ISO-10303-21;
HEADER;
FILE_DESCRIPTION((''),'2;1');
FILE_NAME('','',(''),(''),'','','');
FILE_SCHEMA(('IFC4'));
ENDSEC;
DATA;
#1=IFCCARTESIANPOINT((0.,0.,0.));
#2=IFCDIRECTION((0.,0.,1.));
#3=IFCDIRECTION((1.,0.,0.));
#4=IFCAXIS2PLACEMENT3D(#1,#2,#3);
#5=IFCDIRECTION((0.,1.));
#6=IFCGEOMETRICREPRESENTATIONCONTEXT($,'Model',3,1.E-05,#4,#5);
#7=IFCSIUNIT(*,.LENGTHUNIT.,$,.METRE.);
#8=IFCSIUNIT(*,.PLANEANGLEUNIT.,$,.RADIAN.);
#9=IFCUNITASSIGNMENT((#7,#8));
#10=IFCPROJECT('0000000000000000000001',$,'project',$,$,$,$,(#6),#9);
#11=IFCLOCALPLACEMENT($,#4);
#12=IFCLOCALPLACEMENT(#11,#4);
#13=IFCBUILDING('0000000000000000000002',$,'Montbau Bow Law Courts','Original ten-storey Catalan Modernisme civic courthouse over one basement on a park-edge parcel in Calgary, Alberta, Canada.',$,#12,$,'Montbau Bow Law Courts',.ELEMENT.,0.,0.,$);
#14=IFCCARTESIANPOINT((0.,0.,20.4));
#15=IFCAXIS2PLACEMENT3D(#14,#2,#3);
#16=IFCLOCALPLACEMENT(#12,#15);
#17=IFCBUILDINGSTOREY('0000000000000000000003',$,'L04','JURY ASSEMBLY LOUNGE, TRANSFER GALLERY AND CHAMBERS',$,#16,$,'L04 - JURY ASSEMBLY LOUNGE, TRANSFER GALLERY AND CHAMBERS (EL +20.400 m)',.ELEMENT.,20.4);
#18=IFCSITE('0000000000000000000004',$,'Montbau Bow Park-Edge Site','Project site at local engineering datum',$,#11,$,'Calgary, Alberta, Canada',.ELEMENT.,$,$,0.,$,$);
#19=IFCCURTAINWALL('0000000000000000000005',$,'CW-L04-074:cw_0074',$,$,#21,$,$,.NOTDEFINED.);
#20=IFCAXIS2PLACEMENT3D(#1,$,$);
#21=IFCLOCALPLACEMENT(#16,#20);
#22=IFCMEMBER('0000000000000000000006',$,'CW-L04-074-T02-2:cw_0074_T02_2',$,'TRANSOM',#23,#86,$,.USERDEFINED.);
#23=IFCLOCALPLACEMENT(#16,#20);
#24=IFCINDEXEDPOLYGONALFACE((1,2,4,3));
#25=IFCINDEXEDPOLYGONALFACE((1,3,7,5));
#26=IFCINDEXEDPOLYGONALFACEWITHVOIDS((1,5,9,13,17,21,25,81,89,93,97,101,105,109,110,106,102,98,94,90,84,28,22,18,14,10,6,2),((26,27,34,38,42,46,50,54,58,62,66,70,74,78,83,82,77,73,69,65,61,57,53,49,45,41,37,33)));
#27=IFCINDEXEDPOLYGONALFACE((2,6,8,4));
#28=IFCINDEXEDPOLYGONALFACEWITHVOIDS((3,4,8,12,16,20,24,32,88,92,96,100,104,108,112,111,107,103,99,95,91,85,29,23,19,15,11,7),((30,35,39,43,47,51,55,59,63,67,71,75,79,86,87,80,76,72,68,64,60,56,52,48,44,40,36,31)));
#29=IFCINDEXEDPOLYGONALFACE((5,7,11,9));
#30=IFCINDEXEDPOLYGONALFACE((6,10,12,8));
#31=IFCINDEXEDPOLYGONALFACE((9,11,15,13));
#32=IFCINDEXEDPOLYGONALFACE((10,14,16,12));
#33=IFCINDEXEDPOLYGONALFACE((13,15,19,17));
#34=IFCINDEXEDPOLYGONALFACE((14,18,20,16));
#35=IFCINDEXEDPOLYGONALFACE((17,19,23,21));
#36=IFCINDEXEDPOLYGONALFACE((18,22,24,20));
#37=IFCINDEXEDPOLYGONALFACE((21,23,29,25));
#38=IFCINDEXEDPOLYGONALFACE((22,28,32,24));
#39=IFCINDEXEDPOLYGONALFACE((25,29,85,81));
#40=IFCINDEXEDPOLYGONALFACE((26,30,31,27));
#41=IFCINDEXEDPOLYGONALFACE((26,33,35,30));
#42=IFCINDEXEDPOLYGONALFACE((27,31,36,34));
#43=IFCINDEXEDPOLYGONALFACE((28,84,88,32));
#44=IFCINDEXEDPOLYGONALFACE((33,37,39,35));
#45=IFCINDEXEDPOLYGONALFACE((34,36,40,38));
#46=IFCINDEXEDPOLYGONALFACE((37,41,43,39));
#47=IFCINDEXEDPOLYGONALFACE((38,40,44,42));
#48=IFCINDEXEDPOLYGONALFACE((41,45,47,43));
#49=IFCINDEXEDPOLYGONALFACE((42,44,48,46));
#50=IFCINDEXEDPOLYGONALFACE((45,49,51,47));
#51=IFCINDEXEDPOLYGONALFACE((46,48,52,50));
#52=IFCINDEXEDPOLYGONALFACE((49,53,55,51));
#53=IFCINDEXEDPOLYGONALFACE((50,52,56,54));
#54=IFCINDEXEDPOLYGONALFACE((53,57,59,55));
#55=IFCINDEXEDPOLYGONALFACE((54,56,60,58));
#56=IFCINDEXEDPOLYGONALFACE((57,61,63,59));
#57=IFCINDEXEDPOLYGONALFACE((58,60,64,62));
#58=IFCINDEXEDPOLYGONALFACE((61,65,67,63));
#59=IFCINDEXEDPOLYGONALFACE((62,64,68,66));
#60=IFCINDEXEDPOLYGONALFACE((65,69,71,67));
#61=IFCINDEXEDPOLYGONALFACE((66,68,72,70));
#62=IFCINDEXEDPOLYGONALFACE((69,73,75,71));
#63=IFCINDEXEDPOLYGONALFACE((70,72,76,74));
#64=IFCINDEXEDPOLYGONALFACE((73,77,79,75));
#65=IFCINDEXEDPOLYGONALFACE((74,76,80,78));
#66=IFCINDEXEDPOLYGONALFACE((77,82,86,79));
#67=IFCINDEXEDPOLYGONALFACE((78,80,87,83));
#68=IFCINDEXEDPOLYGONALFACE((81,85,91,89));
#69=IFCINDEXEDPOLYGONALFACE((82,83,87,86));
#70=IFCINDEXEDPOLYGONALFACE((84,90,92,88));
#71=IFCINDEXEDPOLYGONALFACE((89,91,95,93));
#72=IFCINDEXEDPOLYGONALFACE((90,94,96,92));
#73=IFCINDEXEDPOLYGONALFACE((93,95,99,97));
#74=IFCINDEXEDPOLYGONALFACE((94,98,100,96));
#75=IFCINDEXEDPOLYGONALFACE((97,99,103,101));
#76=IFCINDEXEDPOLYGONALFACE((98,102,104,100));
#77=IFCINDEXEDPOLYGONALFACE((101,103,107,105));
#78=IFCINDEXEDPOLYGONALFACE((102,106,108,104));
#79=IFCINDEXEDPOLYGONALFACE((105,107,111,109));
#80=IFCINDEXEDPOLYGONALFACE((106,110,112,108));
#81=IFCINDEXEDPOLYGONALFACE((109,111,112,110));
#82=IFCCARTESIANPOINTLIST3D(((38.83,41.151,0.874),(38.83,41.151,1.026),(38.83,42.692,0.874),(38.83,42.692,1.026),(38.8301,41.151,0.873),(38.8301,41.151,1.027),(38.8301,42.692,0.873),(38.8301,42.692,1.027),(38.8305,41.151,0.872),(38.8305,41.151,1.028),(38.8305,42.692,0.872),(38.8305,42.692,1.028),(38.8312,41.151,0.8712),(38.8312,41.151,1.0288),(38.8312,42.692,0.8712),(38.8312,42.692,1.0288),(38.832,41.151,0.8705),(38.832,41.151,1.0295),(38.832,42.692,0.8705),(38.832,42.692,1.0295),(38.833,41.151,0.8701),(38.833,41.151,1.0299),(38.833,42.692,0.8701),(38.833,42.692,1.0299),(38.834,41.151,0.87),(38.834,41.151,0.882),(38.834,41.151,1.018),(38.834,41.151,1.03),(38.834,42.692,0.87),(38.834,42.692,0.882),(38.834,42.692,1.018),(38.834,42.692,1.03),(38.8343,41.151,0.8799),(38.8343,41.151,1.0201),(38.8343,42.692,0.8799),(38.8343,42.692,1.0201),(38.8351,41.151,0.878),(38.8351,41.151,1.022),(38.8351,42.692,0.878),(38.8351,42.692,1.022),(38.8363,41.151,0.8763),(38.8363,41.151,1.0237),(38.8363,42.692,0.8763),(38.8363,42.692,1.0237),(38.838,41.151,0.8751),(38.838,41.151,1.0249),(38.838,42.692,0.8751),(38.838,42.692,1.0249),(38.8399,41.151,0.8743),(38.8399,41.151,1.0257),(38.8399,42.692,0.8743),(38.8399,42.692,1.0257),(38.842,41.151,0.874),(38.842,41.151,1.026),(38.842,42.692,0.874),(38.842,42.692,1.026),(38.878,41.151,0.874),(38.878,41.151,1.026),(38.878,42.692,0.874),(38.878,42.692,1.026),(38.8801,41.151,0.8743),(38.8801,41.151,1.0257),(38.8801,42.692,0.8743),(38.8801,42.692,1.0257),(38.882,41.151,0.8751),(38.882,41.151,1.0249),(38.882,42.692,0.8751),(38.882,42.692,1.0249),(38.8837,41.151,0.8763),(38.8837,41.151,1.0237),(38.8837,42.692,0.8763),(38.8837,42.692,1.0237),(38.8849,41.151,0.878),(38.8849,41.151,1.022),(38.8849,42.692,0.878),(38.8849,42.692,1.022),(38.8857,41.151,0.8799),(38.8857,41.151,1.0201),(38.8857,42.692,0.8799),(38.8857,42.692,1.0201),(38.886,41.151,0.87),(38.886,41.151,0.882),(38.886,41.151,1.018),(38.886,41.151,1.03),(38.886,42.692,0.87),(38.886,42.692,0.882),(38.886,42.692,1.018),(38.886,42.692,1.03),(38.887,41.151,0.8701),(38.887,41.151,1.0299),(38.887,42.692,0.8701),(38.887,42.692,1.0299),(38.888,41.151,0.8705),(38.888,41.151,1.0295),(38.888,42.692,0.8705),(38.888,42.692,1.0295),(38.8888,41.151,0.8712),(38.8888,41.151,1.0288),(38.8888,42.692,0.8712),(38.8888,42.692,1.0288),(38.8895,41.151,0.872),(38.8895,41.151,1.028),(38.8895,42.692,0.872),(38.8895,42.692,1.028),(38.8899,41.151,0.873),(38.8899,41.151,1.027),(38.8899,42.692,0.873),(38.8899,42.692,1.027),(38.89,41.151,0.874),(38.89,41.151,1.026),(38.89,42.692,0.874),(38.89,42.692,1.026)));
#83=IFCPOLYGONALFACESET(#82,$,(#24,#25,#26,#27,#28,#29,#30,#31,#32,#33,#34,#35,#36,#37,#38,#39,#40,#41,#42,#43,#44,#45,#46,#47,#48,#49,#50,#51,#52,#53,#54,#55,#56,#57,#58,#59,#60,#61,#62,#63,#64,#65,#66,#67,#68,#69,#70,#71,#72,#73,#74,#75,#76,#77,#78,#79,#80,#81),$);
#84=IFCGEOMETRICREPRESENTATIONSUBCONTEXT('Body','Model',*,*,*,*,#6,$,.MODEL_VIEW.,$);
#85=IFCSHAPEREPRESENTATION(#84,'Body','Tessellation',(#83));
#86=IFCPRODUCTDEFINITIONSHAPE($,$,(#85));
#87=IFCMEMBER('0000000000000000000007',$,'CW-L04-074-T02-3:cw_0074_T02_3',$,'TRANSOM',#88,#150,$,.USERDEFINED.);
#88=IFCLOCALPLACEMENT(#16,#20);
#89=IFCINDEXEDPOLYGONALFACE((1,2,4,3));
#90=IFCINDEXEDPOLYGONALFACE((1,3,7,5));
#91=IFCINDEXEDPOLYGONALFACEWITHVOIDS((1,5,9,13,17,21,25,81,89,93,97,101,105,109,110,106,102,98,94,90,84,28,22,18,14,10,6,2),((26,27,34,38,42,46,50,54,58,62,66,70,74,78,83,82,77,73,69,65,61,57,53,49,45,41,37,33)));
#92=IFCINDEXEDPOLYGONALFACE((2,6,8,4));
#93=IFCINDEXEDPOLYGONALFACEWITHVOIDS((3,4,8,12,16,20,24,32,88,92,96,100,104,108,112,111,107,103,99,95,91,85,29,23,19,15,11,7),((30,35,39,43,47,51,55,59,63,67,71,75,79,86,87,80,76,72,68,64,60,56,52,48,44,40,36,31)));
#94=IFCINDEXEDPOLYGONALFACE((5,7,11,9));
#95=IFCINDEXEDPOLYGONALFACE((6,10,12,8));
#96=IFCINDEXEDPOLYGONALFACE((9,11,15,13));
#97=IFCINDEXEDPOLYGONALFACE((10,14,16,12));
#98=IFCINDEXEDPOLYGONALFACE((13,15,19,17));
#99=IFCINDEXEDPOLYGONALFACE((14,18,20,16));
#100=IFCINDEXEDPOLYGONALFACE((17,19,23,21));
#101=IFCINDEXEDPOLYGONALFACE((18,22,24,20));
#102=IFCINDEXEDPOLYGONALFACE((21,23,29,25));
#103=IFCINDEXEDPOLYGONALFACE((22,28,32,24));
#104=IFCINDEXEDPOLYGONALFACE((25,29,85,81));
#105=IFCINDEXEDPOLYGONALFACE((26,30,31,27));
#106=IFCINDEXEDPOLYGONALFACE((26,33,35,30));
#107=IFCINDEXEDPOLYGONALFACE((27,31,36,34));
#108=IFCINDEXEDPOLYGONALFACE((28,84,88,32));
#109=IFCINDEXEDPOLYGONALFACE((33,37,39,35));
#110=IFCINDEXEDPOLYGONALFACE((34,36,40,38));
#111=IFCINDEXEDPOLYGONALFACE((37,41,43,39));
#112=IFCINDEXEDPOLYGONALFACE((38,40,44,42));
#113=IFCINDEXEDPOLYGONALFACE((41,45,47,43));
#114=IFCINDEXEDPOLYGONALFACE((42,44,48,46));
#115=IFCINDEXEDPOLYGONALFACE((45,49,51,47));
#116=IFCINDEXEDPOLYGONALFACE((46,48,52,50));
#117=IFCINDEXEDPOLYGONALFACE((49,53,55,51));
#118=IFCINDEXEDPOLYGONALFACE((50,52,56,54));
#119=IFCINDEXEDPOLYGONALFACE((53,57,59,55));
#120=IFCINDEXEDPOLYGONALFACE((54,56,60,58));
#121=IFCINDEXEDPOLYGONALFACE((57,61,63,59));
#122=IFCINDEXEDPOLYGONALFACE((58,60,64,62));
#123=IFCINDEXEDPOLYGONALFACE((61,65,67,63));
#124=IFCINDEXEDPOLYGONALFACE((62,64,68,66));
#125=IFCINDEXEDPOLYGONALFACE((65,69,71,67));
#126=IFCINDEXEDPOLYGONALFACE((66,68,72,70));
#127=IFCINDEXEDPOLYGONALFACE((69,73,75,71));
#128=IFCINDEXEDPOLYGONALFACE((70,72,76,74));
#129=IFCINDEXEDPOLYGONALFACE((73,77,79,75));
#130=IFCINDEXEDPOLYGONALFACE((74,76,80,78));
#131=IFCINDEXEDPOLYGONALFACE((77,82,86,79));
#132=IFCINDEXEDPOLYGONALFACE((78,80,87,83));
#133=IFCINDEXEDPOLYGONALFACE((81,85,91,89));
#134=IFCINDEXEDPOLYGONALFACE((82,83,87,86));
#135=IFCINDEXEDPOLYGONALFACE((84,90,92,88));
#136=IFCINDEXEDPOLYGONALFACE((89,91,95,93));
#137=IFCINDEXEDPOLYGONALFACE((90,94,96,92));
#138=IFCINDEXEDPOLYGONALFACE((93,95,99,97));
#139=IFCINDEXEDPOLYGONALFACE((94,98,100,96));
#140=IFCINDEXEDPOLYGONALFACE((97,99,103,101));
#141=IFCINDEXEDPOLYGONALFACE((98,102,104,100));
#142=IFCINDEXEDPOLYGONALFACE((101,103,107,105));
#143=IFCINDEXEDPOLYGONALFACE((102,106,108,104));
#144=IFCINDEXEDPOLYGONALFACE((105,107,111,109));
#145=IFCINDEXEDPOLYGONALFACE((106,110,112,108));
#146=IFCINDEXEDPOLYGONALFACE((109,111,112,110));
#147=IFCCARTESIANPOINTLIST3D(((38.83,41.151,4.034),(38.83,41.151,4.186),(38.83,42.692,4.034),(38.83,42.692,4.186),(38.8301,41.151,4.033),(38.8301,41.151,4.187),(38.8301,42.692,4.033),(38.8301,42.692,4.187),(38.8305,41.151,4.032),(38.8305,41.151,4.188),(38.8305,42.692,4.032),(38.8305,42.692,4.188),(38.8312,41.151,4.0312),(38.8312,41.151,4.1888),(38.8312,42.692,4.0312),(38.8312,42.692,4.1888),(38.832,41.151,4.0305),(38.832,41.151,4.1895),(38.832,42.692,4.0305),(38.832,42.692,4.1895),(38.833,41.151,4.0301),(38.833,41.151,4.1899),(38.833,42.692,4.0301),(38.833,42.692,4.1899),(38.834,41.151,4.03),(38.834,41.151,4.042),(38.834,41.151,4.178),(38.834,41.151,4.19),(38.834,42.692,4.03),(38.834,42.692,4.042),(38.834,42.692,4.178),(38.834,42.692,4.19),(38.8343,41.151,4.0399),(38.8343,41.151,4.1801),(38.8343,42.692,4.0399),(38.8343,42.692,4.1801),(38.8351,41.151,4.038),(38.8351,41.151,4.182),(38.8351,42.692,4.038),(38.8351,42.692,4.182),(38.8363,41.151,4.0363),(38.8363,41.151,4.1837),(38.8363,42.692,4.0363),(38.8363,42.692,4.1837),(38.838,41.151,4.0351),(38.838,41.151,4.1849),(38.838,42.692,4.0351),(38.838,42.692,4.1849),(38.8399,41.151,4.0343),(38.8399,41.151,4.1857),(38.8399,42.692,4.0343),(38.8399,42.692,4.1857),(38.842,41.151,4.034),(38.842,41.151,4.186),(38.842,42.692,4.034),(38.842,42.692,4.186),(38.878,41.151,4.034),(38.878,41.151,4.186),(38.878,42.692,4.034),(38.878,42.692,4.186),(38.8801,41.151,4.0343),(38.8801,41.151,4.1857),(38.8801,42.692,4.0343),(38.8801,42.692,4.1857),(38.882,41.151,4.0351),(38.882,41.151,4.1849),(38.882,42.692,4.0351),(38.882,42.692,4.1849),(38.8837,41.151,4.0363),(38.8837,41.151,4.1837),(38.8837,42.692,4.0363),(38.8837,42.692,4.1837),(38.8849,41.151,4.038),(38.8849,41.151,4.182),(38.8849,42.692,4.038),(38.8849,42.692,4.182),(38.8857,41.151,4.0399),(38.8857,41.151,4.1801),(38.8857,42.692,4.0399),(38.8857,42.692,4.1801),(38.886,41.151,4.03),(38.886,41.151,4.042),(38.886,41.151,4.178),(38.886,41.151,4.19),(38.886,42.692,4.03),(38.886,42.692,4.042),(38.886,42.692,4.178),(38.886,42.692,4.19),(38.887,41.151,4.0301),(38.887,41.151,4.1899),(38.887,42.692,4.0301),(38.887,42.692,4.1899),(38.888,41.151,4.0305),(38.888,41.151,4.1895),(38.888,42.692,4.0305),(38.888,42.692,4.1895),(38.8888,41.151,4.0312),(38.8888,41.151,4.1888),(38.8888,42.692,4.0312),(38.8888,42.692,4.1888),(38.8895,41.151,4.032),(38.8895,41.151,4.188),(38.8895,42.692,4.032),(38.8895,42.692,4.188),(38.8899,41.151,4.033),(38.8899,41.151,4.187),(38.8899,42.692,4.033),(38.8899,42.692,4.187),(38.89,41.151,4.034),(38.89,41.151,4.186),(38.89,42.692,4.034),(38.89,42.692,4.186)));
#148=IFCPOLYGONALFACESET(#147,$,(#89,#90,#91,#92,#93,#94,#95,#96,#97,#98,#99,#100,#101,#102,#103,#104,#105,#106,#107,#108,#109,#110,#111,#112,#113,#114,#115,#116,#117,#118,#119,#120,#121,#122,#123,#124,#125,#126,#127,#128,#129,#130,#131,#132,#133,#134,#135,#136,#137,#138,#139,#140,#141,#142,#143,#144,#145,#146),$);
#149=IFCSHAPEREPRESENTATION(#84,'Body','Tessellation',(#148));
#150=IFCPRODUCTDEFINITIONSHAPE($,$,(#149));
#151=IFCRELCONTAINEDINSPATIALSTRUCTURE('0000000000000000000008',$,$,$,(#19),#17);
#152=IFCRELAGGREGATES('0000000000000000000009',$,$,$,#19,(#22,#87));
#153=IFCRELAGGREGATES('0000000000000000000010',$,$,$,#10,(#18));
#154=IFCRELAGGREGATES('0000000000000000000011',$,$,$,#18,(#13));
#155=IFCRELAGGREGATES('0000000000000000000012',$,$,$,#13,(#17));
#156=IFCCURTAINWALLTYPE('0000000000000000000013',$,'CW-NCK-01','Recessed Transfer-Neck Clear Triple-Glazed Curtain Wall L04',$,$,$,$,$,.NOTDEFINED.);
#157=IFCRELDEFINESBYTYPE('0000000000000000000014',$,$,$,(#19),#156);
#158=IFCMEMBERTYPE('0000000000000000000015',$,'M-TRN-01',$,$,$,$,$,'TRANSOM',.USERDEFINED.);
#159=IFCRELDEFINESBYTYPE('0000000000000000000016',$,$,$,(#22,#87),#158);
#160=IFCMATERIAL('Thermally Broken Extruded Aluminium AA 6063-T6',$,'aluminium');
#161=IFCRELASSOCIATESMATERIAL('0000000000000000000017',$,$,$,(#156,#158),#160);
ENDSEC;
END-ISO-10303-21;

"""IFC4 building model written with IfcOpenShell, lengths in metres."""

from ifc_helpers import new_model, si_unit, direction, frame, origin_with_axes, origin_2d_with_axis, place, context, subcontext, project, spatial, hollow_rectangle, extrude, material, material_profile, profile_set, type_object, element, aggregate, save


model = new_model("IFC4")

# Units and contexts
model_context = context("Model", 3, precision=1e-05, world=origin_with_axes(), true_north=direction((0.0, 1.0)))
body_context = subcontext(model_context, "Body", "Model", "MODEL_VIEW")
ifc_project = project(units=[si_unit("LENGTHUNIT", "METRE"), si_unit("PLANEANGLEUNIT", "RADIAN")], contexts=[model_context])

# Site, building, storey
site_placement = place(None, origin_with_axes())
site = spatial("IfcSite", under=ifc_project, at=site_placement, Name="Montbau Bow Park-Edge Site", Description="Project site at local engineering datum", LongName="Calgary, Alberta, Canada", CompositionType="ELEMENT", RefElevation=0.0)
building_placement = place(site_placement, origin_with_axes())
building = spatial("IfcBuilding", under=site, at=building_placement, Name="Montbau Bow Law Courts", Description="Original ten-storey Catalan Modernisme civic courthouse over one basement on a park-edge parcel in Calgary, Alberta, Canada.", LongName="Montbau Bow Law Courts", CompositionType="ELEMENT", ElevationOfRefHeight=0.0, ElevationOfTerrain=0.0)
storey_placement = place(building_placement, frame((0.0, 0.0, 20.4), z_axis=(0.0, 0.0, 1.0), x_axis=(1.0, 0.0, 0.0)))
storey = spatial("IfcBuildingStorey", under=building, at=storey_placement, Name="L04", Description="JURY ASSEMBLY LOUNGE, TRANSFER GALLERY AND CHAMBERS", LongName="L04 - JURY ASSEMBLY LOUNGE, TRANSFER GALLERY AND CHAMBERS (EL +20.400 m)", CompositionType="ELEMENT", Elevation=20.4)

# Curtain wall, members
ifc_material_1 = material(Name="Thermally Broken Extruded Aluminium AA 6063-T6", Category="aluminium")
curtain_wall_type = type_object("IfcCurtainWallType", Name="CW-NCK-01", Description="Recessed Transfer-Neck Clear Triple-Glazed Curtain Wall L04", PredefinedType="NOTDEFINED", material=ifc_material_1)
curtain_wall_placement = place(None, frame((38.86, 39.515, 20.4), z_axis=(0.0, 0.0, 1.0), x_axis=(1.0, 0.0, 0.0)))
curtain_wall = element("IfcCurtainWall", 1, at=curtain_wall_placement, inside=storey, type_object=curtain_wall_type, Name="CW-L04-074:cw_0074", PredefinedType="NOTDEFINED")
ifc_material_profile_1 = material_profile(ifc_material_1, hollow_rectangle(XDim=0.06, YDim=0.16, WallThickness=0.004, InnerFilletRadius=0.008, OuterFilletRadius=0.004, at=origin_2d_with_axis()), Name="CWT-160X60", Category="Main", Priority=0)
ifc_profile_set_1 = profile_set([ifc_material_profile_1], Name="Thermally Broken Extruded Aluminium AA 6063-T6")
member_type_1 = type_object("IfcMemberType", Name="M-TRN-01", ElementType="TRANSOM", PredefinedType="USERDEFINED", material=ifc_profile_set_1)
member_1_placement = place(None, frame((38.86, 41.151, 21.35), z_axis=(0.0, 1.0, 0.0), x_axis=(-1.0, 0.0, 0.0)))
member_1 = element("IfcMember", 2, at=member_1_placement, type_object=member_type_1, Name="CW-L04-074-T02-2:cw_0074_T02_2", ObjectType="TRANSOM", PredefinedType="USERDEFINED", context=body_context, shape_type="SweptSolid", body=[
    extrude(hollow_rectangle(XDim=0.06, YDim=0.16, WallThickness=0.004, InnerFilletRadius=0.008, OuterFilletRadius=0.004, at=origin_2d_with_axis()), origin_with_axes(), (0.0, 0.0, 1.0), 1.541),
])
member_2_placement = place(None, frame((38.86, 41.151, 24.51), z_axis=(0.0, 1.0, 0.0), x_axis=(-1.0, 0.0, 0.0)))
member_2 = element("IfcMember", 3, at=member_2_placement, type_object=member_type_1, Name="CW-L04-074-T02-3:cw_0074_T02_3", ObjectType="TRANSOM", PredefinedType="USERDEFINED", context=body_context, shape_type="SweptSolid", body=[
    extrude(hollow_rectangle(XDim=0.06, YDim=0.16, WallThickness=0.004, InnerFilletRadius=0.008, OuterFilletRadius=0.004, at=origin_2d_with_axis()), origin_with_axes(), (0.0, 0.0, 1.0), 1.541),
])
aggregate(curtain_wall, [member_1, member_2])

save(model, "model.ifc")
